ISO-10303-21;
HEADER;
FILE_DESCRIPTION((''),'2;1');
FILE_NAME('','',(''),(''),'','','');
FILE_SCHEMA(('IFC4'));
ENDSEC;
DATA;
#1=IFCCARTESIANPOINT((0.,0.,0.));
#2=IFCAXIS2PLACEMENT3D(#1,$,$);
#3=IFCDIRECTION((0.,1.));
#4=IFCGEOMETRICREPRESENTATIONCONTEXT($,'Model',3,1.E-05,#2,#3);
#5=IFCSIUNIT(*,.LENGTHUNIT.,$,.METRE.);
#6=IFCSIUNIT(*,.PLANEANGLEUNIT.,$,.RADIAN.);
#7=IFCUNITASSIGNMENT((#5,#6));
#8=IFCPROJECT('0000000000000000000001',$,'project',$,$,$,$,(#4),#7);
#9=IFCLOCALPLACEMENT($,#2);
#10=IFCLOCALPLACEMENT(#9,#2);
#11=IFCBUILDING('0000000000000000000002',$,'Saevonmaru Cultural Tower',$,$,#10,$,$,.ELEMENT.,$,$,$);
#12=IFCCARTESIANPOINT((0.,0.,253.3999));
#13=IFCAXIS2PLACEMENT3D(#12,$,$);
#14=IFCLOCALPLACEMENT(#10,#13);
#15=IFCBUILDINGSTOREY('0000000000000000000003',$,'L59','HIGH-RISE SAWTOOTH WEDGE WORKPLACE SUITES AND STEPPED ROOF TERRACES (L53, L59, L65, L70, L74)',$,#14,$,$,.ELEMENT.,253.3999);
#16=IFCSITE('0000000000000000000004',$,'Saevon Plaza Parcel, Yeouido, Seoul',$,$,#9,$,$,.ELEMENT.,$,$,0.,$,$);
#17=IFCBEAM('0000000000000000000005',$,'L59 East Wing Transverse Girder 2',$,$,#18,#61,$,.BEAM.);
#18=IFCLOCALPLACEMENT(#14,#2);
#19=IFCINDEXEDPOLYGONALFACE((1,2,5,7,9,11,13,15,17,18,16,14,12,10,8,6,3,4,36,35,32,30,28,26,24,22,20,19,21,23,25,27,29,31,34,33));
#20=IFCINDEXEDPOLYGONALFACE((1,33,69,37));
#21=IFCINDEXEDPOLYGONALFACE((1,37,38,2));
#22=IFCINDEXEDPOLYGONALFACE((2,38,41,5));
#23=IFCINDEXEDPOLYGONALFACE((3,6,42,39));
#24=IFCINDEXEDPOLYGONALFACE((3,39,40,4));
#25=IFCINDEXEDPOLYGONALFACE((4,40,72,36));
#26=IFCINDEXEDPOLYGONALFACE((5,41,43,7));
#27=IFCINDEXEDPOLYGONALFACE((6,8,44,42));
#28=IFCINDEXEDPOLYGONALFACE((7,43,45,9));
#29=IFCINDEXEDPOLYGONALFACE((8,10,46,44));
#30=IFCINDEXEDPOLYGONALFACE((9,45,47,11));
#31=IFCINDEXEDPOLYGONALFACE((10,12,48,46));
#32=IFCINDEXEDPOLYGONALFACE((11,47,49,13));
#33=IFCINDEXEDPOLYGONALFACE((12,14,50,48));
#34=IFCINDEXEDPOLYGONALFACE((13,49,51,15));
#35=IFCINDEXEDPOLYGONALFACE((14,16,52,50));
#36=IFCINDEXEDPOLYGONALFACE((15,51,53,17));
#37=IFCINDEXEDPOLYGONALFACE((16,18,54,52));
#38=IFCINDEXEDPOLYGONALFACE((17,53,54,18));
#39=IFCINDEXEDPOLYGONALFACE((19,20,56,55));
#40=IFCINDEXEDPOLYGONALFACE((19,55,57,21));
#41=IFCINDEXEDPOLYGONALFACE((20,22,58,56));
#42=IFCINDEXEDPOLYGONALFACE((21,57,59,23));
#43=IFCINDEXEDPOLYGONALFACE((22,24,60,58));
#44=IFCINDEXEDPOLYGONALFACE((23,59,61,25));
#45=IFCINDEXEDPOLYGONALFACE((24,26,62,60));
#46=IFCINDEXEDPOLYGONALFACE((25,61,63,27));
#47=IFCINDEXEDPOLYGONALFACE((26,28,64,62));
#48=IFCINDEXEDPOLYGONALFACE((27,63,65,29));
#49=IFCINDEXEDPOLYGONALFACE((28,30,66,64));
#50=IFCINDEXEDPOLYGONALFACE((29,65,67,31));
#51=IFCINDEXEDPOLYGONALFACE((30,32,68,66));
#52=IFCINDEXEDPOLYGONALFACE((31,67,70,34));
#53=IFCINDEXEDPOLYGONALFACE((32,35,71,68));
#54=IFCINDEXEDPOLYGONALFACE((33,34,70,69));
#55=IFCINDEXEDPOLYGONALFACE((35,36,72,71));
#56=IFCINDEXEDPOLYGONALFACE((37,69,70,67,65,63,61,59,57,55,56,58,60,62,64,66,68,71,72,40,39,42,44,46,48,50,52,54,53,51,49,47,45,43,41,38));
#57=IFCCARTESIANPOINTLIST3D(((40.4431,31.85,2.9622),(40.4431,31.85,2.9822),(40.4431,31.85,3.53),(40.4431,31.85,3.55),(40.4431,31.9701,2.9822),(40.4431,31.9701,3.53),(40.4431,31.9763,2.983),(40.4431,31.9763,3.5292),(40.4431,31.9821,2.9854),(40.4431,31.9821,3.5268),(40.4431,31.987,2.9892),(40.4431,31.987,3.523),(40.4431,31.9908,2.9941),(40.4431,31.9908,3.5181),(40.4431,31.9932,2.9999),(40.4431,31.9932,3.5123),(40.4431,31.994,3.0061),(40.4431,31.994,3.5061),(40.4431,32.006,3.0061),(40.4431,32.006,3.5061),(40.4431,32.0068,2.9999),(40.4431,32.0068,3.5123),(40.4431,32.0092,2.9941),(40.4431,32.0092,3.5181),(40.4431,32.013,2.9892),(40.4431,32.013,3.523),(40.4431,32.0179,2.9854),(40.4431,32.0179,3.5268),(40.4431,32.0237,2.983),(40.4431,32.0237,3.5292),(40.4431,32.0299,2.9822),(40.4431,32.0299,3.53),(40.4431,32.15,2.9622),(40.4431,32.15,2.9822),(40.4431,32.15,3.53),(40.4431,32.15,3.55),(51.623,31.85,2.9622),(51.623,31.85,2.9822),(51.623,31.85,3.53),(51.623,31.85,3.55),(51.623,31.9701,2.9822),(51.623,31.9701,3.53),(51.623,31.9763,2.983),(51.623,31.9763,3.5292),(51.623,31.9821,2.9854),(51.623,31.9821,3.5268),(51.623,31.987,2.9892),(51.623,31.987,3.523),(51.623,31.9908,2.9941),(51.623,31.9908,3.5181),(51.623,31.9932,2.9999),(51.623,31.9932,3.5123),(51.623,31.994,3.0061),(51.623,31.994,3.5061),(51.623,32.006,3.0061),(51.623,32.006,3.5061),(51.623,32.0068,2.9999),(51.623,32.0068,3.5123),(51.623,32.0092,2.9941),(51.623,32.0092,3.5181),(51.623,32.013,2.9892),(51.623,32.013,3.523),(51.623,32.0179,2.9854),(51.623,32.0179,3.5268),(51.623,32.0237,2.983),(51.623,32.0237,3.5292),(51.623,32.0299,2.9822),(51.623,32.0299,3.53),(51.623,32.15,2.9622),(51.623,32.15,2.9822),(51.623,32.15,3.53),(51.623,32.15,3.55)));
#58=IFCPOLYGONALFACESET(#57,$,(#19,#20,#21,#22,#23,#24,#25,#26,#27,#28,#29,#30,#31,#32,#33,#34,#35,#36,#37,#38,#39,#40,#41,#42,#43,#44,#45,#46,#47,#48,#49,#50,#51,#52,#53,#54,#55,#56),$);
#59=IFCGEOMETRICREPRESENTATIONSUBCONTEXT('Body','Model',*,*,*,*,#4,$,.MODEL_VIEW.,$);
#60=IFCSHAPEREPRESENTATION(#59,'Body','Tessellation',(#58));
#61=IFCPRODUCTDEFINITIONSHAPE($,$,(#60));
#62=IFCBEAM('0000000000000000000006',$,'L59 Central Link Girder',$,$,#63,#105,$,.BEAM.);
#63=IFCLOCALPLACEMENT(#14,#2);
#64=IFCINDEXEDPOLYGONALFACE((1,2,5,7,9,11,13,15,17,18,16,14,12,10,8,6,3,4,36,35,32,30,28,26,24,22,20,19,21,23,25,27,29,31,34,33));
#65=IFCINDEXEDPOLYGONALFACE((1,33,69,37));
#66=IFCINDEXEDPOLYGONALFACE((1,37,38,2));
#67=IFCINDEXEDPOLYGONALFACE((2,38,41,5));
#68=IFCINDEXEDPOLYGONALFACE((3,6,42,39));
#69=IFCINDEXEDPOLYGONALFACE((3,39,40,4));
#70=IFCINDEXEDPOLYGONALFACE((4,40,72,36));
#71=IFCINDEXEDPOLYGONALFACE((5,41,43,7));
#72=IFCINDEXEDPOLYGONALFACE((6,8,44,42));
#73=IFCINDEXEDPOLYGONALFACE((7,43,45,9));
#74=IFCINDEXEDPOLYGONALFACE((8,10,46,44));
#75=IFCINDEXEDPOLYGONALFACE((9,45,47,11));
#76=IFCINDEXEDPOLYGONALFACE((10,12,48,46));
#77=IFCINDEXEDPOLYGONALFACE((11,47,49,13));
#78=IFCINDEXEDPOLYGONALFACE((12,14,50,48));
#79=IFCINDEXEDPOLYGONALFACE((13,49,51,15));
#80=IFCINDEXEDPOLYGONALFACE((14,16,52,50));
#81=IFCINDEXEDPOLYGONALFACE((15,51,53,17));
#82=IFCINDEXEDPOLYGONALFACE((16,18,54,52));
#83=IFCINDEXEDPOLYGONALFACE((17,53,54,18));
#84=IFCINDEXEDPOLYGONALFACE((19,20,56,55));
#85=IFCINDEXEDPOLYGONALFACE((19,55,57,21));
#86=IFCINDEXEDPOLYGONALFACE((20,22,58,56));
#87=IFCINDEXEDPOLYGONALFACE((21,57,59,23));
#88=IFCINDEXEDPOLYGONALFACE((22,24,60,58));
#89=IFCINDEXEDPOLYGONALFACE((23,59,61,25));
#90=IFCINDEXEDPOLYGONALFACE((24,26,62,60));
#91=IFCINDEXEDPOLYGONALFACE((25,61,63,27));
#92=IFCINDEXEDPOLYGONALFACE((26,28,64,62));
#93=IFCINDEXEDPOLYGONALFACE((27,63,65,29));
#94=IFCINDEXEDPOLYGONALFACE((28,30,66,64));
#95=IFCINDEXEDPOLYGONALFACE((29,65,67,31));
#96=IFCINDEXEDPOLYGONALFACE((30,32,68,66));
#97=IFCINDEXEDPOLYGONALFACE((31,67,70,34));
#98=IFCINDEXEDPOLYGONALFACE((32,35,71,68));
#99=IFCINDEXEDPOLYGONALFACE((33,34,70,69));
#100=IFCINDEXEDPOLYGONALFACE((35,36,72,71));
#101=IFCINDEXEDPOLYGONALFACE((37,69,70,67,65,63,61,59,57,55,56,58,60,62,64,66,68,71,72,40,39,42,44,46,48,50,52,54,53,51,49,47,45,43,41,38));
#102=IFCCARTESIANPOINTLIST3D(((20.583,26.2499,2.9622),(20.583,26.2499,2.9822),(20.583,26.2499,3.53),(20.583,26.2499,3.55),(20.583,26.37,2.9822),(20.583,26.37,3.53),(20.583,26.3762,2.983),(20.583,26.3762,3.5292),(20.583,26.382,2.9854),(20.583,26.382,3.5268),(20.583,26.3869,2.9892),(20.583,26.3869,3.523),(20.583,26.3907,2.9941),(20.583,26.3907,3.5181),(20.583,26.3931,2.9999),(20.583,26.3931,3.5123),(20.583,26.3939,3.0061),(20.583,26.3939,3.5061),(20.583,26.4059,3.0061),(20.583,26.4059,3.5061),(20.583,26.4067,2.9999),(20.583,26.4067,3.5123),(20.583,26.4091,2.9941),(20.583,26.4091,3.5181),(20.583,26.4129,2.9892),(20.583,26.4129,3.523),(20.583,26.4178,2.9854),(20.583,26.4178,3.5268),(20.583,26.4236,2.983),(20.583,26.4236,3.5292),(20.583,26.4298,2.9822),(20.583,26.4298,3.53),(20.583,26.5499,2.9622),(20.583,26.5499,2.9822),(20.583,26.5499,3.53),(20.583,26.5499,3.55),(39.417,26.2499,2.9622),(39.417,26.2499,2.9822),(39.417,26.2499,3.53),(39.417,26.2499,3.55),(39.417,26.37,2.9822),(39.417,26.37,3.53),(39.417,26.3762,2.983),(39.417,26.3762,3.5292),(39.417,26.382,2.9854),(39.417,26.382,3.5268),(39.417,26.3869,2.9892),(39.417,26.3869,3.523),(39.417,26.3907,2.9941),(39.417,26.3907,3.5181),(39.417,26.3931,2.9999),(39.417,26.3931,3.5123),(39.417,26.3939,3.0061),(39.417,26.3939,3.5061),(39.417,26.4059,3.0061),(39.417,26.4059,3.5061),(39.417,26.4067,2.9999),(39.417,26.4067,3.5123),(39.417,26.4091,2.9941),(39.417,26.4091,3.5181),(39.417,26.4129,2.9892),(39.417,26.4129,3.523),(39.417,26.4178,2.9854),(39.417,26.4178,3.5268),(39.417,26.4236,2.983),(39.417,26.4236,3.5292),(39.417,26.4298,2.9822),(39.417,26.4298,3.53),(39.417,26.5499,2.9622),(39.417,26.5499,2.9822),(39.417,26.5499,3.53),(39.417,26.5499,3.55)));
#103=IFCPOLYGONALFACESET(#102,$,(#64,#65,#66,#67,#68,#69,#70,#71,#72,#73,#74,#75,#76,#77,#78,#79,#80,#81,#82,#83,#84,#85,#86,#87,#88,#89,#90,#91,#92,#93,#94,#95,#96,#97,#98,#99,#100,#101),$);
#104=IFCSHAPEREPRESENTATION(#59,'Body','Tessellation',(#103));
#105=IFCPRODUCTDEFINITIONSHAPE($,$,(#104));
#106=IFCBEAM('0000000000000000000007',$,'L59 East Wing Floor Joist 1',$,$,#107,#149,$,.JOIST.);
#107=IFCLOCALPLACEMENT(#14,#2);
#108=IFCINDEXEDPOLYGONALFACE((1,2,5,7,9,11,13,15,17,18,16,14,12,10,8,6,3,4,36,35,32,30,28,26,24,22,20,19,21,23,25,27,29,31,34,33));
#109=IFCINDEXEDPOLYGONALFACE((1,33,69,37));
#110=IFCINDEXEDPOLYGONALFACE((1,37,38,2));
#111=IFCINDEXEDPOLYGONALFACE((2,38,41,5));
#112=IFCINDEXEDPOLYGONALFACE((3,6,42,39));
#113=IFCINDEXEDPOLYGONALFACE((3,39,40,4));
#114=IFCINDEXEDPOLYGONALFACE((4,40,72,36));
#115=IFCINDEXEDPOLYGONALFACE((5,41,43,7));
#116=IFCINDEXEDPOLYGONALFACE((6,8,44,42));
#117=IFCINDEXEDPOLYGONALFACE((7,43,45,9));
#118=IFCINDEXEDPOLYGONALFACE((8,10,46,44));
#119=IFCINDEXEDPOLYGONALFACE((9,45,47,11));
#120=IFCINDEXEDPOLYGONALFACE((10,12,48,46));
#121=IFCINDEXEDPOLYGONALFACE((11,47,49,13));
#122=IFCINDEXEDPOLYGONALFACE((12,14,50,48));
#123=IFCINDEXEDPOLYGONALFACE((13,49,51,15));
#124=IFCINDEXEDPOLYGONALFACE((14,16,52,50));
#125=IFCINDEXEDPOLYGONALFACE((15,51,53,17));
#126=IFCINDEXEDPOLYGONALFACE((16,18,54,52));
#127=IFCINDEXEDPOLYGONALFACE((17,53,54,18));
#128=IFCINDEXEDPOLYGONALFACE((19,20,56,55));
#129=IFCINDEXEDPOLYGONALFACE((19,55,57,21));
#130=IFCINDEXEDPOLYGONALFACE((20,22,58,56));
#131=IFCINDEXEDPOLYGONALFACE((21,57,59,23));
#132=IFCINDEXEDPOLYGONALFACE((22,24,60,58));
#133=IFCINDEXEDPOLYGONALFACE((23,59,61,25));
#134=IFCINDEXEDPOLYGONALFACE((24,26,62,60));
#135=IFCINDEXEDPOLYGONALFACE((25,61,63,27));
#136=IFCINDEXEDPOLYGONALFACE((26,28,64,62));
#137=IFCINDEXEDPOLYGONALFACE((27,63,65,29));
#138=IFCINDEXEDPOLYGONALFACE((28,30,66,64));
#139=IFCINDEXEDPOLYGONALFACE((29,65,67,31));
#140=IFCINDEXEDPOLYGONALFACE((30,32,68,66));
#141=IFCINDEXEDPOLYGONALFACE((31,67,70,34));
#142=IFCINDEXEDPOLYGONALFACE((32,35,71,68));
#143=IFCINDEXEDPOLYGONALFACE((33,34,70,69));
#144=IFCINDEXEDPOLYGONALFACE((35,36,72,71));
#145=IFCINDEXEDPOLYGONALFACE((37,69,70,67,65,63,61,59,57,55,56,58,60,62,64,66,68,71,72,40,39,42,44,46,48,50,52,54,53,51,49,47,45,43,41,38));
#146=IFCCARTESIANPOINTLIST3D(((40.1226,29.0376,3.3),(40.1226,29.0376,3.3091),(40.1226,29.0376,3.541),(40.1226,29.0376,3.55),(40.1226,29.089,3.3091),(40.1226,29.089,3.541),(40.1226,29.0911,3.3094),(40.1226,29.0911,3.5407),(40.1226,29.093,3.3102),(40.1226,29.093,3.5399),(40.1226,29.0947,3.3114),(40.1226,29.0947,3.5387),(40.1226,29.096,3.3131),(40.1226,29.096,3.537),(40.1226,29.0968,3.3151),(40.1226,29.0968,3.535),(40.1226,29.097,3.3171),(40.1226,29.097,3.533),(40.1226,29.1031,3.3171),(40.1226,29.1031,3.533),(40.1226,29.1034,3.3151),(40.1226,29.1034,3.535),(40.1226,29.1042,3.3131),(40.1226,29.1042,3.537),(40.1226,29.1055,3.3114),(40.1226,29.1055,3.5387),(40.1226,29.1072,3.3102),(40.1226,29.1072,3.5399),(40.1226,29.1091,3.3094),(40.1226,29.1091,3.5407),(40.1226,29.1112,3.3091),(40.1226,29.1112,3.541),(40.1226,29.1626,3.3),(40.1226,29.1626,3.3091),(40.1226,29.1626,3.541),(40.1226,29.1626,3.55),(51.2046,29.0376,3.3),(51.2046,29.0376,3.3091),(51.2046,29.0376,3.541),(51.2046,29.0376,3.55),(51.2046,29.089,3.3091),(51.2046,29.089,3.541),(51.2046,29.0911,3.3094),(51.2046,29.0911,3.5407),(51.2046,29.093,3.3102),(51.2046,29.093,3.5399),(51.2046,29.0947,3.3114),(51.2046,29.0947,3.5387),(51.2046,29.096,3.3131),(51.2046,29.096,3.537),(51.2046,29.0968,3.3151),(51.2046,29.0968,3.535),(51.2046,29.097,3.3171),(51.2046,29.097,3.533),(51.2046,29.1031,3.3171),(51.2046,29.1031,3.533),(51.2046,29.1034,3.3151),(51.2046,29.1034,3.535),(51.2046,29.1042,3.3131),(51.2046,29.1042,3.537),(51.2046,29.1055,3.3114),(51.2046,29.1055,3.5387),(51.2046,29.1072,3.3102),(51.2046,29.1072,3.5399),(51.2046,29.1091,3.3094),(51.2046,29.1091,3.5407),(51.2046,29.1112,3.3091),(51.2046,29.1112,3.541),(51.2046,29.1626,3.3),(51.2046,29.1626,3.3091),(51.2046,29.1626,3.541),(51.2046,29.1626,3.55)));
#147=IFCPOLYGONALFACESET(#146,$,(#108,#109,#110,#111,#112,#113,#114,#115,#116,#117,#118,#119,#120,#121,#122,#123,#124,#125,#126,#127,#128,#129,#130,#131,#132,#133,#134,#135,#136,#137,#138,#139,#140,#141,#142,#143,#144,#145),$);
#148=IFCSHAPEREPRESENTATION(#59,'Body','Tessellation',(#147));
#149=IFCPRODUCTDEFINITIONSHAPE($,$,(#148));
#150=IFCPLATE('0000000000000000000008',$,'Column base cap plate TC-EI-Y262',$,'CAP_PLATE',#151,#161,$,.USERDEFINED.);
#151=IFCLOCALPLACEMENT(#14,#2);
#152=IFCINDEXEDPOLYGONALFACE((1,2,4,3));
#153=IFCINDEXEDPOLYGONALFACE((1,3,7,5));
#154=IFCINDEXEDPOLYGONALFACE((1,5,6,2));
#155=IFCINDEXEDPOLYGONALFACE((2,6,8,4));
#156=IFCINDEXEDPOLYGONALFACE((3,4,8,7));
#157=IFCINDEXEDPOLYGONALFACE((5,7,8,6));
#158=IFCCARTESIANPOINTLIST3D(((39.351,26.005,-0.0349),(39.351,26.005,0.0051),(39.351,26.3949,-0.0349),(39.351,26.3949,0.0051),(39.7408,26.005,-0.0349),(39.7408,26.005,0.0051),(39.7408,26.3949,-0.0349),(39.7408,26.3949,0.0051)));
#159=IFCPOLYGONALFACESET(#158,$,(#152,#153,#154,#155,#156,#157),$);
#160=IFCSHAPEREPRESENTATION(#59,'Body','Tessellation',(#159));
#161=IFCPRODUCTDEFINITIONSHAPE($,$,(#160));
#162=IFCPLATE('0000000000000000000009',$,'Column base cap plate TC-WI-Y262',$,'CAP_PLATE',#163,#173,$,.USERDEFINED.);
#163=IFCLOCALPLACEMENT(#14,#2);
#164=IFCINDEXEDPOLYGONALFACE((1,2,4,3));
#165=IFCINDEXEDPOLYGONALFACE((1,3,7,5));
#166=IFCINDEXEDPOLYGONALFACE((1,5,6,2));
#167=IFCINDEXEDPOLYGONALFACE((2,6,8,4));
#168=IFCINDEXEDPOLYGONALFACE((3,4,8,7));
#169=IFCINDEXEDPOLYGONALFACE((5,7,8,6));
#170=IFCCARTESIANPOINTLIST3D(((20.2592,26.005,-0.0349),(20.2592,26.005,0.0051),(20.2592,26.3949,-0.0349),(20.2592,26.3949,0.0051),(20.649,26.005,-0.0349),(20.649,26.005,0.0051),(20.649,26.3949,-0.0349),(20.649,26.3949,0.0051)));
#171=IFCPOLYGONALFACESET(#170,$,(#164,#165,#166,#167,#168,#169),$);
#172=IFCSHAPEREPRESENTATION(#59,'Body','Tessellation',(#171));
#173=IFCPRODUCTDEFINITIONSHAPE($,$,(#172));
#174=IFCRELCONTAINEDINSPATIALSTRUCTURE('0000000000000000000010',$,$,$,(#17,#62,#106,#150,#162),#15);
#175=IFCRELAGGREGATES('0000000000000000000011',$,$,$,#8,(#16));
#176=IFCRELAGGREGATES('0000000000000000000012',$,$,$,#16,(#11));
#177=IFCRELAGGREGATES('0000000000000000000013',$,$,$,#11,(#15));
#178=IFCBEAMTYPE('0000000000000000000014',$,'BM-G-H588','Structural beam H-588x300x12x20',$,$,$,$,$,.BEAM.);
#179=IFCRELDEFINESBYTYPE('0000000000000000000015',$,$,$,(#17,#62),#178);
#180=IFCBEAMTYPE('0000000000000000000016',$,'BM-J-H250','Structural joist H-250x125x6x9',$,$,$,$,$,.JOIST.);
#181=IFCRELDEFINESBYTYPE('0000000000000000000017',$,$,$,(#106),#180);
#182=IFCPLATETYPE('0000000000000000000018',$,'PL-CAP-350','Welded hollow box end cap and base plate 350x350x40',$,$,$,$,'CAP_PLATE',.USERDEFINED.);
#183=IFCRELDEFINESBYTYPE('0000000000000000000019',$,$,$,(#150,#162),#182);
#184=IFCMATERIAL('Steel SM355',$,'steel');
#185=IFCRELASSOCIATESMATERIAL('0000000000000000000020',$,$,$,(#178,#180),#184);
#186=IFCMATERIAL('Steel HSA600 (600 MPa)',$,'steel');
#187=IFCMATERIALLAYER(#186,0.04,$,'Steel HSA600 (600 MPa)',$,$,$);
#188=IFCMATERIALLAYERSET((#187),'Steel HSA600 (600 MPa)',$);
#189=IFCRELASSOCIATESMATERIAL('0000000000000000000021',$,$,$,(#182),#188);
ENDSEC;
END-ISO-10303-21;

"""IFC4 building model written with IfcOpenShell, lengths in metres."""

from ifc_helpers import new_model, si_unit, direction, frame, origin, origin_2d, place, context, subcontext, project, spatial, rectangle, i_section, extrude, material, layer, layer_set, material_profile, profile_set, type_object, element, save


model = new_model("IFC4")

# Units and contexts
model_context = context("Model", 3, precision=1e-05, world=origin(), true_north=direction((0.0, 1.0)))
body_context = subcontext(model_context, "Body", "Model", "MODEL_VIEW")
ifc_project = project(units=[si_unit("LENGTHUNIT", "METRE"), si_unit("PLANEANGLEUNIT", "RADIAN")], contexts=[model_context])

# Site, building, storey
site_placement = place(None, origin())
site = spatial("IfcSite", under=ifc_project, at=site_placement, Name="Saevon Plaza Parcel, Yeouido, Seoul", CompositionType="ELEMENT", RefElevation=0.0)
building_placement = place(site_placement, origin())
building = spatial("IfcBuilding", under=site, at=building_placement, Name="Saevonmaru Cultural Tower", CompositionType="ELEMENT")
storey_placement = place(building_placement, frame((0.0, 0.0, 253.3999)))
storey = spatial("IfcBuildingStorey", under=building, at=storey_placement, Name="L59", Description="HIGH-RISE SAWTOOTH WEDGE WORKPLACE SUITES AND STEPPED ROOF TERRACES (L53, L59, L65, L70, L74)", CompositionType="ELEMENT", Elevation=253.3999)

# Shared definitions
ifc_material_1 = material(Name="Steel SM355", Category="steel")

# Beams
ifc_material_profile_1 = material_profile(ifc_material_1, i_section(OverallWidth=0.3, OverallDepth=0.5879, WebThickness=0.012, FlangeThickness=0.02, FilletRadius=0.0239, at=origin_2d()), Name="H-588x300x12x20")
ifc_profile_set_1 = profile_set([ifc_material_profile_1], Name="Steel SM355")
beam_type_1 = type_object("IfcBeamType", Name="BM-G-H588", Description="Structural beam H-588x300x12x20", PredefinedType="BEAM", material=ifc_profile_set_1)
for number, where, z_axis, x_axis, name in (
    (1, (40.4431, 32.0, 3.2561), (1.0, 0.0, 0.0), (0.0, 1.0, 0.0), "L59 East Wing Transverse Girder 2"),
):
    element("IfcBeam", number, at=place(storey_placement, frame(where, z_axis=z_axis, x_axis=x_axis)), inside=storey, type_object=beam_type_1, Name=name, PredefinedType="BEAM", context=body_context, shape_type="SweptSolid", body=[
        extrude(i_section(OverallWidth=0.3, OverallDepth=0.5879, WebThickness=0.012, FlangeThickness=0.02, FilletRadius=0.0239, at=origin_2d()), origin(), (0.0, 0.0, 1.0), 11.1799),
    ])
beam_1_placement = place(storey_placement, frame((20.583, 26.3999, 3.2561), z_axis=(1.0, 0.0, 0.0), x_axis=(0.0, 1.0, 0.0)))
element("IfcBeam", 2, at=beam_1_placement, inside=storey, type_object=beam_type_1, Name="L59 Central Link Girder", PredefinedType="BEAM", context=body_context, shape_type="SweptSolid", body=[
    extrude(i_section(OverallWidth=0.3, OverallDepth=0.5879, WebThickness=0.012, FlangeThickness=0.02, FilletRadius=0.0239, at=origin_2d()), origin(), (0.0, 0.0, 1.0), 18.834),
])
ifc_material_profile_2 = material_profile(ifc_material_1, i_section(OverallWidth=0.125, OverallDepth=0.25, WebThickness=0.0061, FlangeThickness=0.009, FilletRadius=0.0081, at=origin_2d()), Name="H-250x125x6x9")
ifc_profile_set_2 = profile_set([ifc_material_profile_2], Name="Steel SM355")
beam_type_2 = type_object("IfcBeamType", Name="BM-J-H250", Description="Structural joist H-250x125x6x9", PredefinedType="JOIST", material=ifc_profile_set_2)
beam_2_placement = place(storey_placement, frame((40.1226, 29.1001, 3.425), z_axis=(1.0, 0.0, 0.0), x_axis=(0.0, 1.0, 0.0)))
element("IfcBeam", 3, at=beam_2_placement, inside=storey, type_object=beam_type_2, Name="L59 East Wing Floor Joist 1", PredefinedType="JOIST", context=body_context, shape_type="SweptSolid", body=[
    extrude(i_section(OverallWidth=0.125, OverallDepth=0.25, WebThickness=0.0061, FlangeThickness=0.009, FilletRadius=0.0081, at=origin_2d()), origin(), (0.0, 0.0, 1.0), 11.082),
])

# Plates
ifc_material_2 = material(Name="Steel HSA600 (600 MPa)", Category="steel")
ifc_layer_1 = layer(ifc_material_2, 0.04, Name="Steel HSA600 (600 MPa)")
ifc_layer_set_1 = layer_set([ifc_layer_1], Name="Steel HSA600 (600 MPa)")
plate_type = type_object("IfcPlateType", Name="PL-CAP-350", Description="Welded hollow box end cap and base plate 350x350x40", ElementType="CAP_PLATE", PredefinedType="USERDEFINED", material=ifc_layer_set_1)
for number, where, z_axis, x_axis, name in (
    (4, (39.5459, 26.2, -0.0349), (0.0, 0.0, 1.0), (1.0, 0.0, 0.0), "Column base cap plate TC-EI-Y262"),
    (5, (20.4541, 26.2, -0.0349), (0.0, 0.0, 1.0), (1.0, 0.0, 0.0), "Column base cap plate TC-WI-Y262"),
):
    element("IfcPlate", number, at=place(storey_placement, frame(where, z_axis=z_axis, x_axis=x_axis)), inside=storey, type_object=plate_type, Name=name, ObjectType="CAP_PLATE", PredefinedType="USERDEFINED", context=body_context, shape_type="SweptSolid", body=[
        extrude(rectangle(XDim=0.3899, YDim=0.3899, at=origin_2d()), origin(), (0.0, 0.0, 1.0), 0.04),
    ])

save(model, "model.ifc")
